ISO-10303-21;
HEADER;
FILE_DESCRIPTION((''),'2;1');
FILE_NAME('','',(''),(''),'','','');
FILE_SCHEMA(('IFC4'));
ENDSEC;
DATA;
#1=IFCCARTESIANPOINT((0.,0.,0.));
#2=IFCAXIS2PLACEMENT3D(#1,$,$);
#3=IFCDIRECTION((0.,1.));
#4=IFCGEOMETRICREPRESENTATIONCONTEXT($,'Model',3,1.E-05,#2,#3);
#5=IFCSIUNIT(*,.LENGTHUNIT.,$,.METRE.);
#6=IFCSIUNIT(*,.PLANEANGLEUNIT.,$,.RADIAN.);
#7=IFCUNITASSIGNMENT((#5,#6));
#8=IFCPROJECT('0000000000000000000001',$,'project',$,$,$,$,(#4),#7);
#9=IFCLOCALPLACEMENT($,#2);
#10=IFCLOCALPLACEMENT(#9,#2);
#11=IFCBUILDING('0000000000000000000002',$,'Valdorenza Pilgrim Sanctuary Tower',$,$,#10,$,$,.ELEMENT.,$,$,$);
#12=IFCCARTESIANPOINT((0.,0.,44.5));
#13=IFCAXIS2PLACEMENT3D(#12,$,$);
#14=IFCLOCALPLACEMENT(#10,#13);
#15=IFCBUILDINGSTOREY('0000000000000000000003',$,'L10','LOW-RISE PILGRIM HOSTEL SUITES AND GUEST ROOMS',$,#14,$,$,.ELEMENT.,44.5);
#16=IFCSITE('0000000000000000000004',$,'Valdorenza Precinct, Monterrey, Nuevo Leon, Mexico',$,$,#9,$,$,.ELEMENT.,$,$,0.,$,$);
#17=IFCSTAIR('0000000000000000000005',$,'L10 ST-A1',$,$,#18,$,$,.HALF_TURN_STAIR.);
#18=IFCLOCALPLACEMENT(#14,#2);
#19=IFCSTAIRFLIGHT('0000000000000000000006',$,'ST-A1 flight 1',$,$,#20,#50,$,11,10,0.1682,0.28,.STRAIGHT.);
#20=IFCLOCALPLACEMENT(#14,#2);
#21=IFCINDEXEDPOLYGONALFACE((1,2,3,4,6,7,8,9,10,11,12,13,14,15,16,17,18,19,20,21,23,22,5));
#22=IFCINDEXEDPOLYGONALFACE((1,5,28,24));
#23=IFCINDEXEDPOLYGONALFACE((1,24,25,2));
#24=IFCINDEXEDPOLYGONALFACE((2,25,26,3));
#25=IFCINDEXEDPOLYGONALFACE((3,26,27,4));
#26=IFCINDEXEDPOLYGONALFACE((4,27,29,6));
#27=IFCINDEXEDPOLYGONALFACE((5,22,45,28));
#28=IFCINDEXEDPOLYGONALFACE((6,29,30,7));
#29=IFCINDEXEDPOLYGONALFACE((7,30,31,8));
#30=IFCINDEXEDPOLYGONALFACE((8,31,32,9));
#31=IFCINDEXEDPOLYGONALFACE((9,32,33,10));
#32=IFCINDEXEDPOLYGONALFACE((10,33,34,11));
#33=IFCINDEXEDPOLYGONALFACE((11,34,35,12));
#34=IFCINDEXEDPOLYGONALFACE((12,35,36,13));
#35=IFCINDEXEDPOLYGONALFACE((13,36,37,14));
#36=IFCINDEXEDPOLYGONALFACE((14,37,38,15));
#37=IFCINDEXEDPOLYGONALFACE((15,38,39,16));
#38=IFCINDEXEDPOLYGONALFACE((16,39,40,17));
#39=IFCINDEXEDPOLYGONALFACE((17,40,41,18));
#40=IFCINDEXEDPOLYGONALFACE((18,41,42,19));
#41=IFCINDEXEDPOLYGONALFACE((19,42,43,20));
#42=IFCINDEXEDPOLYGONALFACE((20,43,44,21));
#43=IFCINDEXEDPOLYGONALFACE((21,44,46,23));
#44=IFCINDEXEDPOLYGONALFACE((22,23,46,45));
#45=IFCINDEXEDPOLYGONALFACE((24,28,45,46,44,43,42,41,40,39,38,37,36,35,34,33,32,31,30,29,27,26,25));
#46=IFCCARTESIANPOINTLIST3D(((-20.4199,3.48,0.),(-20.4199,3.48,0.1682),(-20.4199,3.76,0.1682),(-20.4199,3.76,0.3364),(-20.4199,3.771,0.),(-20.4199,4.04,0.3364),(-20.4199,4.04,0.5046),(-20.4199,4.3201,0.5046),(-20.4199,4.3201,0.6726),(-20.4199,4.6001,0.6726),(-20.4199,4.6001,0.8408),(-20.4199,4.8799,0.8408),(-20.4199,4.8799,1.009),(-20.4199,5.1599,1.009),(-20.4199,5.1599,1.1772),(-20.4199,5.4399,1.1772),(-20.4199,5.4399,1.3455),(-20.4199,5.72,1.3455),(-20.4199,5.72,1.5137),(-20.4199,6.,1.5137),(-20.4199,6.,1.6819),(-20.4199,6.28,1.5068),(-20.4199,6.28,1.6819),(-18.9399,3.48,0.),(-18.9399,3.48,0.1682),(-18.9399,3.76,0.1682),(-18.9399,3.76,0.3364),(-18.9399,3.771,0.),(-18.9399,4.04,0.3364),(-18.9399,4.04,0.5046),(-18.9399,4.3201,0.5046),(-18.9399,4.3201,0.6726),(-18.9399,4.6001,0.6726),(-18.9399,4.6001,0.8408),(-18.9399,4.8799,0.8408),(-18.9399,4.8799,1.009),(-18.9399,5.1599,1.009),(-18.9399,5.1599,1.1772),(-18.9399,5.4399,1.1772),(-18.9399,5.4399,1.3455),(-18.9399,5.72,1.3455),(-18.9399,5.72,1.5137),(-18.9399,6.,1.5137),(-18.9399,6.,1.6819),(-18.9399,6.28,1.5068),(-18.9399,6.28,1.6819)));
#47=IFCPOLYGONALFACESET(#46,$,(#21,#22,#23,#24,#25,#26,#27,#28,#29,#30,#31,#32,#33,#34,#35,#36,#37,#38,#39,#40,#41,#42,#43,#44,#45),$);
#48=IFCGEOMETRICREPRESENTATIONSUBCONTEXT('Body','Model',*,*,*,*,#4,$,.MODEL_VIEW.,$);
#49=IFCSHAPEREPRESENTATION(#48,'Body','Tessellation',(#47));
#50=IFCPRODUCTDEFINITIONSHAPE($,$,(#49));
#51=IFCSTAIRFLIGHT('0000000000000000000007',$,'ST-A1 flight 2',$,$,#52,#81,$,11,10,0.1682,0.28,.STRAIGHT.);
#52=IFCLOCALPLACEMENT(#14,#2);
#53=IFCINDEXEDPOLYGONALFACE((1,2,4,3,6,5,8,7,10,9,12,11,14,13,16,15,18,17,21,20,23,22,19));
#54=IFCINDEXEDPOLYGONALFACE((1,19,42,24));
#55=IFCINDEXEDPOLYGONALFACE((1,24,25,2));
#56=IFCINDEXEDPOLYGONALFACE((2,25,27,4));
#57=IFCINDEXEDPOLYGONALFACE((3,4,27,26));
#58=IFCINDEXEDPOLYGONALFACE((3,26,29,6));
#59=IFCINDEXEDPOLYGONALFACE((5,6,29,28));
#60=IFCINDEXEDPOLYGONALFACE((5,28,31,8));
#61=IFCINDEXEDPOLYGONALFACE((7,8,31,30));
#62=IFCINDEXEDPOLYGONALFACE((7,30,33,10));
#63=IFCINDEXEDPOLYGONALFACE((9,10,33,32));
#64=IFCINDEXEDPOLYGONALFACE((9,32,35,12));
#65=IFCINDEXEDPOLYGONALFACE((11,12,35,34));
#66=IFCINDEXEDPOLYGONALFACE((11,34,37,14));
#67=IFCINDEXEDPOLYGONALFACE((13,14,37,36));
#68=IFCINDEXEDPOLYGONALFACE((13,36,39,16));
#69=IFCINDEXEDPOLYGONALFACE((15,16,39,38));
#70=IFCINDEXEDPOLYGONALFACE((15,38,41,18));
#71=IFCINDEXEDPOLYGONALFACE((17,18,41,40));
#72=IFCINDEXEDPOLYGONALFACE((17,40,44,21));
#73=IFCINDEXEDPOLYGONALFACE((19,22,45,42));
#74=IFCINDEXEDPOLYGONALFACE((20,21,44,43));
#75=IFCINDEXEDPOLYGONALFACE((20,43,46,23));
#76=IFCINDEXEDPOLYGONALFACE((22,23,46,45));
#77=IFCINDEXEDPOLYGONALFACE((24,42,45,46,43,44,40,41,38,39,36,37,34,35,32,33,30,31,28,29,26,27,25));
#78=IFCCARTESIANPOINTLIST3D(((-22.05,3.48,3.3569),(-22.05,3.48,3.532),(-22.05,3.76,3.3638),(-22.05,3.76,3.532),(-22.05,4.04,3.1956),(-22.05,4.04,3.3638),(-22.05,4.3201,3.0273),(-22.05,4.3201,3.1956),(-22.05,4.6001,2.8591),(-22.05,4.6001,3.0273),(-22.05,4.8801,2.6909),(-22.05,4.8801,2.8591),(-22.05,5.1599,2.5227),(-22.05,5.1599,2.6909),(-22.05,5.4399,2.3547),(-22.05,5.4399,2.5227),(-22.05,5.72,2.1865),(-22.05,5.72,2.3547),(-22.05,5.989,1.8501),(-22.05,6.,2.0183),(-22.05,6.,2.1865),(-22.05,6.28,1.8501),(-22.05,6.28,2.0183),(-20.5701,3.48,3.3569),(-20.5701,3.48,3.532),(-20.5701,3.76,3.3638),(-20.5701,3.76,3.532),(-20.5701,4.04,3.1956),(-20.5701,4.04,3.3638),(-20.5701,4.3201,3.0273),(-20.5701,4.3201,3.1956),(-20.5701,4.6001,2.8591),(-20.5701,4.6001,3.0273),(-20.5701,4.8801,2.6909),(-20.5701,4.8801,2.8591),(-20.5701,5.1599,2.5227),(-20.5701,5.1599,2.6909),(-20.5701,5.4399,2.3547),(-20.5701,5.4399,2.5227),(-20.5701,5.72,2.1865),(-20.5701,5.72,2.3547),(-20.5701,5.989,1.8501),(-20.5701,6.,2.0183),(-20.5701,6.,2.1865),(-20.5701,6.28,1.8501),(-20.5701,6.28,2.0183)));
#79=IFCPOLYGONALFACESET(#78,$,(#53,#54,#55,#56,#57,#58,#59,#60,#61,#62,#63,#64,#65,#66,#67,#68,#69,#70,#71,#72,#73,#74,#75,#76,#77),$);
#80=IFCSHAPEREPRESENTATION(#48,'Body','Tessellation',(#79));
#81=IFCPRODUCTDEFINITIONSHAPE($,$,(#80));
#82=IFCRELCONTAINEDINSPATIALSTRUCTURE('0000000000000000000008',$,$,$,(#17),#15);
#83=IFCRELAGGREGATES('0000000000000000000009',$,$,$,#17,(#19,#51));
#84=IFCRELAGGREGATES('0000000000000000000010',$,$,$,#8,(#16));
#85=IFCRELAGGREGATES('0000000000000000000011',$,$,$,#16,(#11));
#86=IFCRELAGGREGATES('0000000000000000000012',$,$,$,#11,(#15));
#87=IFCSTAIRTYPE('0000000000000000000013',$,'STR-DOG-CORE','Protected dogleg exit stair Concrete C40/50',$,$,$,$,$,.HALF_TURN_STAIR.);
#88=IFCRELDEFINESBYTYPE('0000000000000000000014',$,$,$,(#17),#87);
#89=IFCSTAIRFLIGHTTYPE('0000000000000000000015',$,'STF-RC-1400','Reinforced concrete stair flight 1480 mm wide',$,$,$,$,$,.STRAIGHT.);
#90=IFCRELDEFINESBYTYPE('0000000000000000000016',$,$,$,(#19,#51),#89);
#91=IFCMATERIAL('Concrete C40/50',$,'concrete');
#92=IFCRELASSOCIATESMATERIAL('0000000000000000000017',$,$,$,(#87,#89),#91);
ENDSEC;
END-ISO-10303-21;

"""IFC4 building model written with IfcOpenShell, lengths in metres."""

from ifc_helpers import new_model, si_unit, direction, frame, origin, place, context, subcontext, project, spatial, polyline, outline, extrude, material, type_object, element, aggregate, save


model = new_model("IFC4")

# Units and contexts
model_context = context("Model", 3, precision=1e-05, world=origin(), true_north=direction((0.0, 1.0)))
body_context = subcontext(model_context, "Body", "Model", "MODEL_VIEW")
ifc_project = project(units=[si_unit("LENGTHUNIT", "METRE"), si_unit("PLANEANGLEUNIT", "RADIAN")], contexts=[model_context])

# Site, building, storey
site_placement = place(None, origin())
site = spatial("IfcSite", under=ifc_project, at=site_placement, Name="Valdorenza Precinct, Monterrey, Nuevo Leon, Mexico", CompositionType="ELEMENT", RefElevation=0.0)
building_placement = place(site_placement, origin())
building = spatial("IfcBuilding", under=site, at=building_placement, Name="Valdorenza Pilgrim Sanctuary Tower", CompositionType="ELEMENT")
storey_placement = place(building_placement, frame((0.0, 0.0, 44.5)))
storey = spatial("IfcBuildingStorey", under=building, at=storey_placement, Name="L10", Description="LOW-RISE PILGRIM HOSTEL SUITES AND GUEST ROOMS", CompositionType="ELEMENT", Elevation=44.5)

# Shared definitions
ifc_material_1 = material(Name="Concrete C40/50", Category="concrete")

# Stair, stair flights
stair_type = type_object("IfcStairType", Name="STR-DOG-CORE", Description="Protected dogleg exit stair Concrete C40/50", PredefinedType="HALF_TURN_STAIR", material=ifc_material_1)
stair_placement = place(storey_placement, origin())
stair = element("IfcStair", 1, at=stair_placement, inside=storey, type_object=stair_type, Name="L10 ST-A1", PredefinedType="HALF_TURN_STAIR")
stair_flight_type = type_object("IfcStairFlightType", Name="STF-RC-1400", Description="Reinforced concrete stair flight 1480 mm wide", PredefinedType="STRAIGHT", material=ifc_material_1)
stair_flight_1_placement = place(storey_placement, frame((-19.6799, 3.48, 0.0), z_axis=(0.0, 0.0, 1.0), x_axis=(0.0, 1.0, 0.0)))
stair_flight_1 = element("IfcStairFlight", 2, at=stair_flight_1_placement, type_object=stair_flight_type, Name="ST-A1 flight 1", NumberOfRisers=11, NumberOfTreads=10, PredefinedType="STRAIGHT", RiserHeight=0.1682, TreadLength=0.28, context=body_context, shape_type="SweptSolid", body=[
    extrude(outline(polyline([(0.0, 0.0), (0.0, 0.1682), (0.28, 0.1682), (0.28, 0.3364), (0.5601, 0.3364), (0.5601, 0.5046), (0.8401, 0.5046), (0.8401, 0.6726), (1.1201, 0.6726), (1.1201, 0.8408), (1.3999, 0.8408), (1.3999, 1.009), (1.6799, 1.009), (1.6799, 1.1772), (1.96, 1.1772), (1.96, 1.3455), (2.24, 1.3455), (2.24, 1.5137), (2.52, 1.5137), (2.52, 1.6819), (2.8, 1.6819), (2.8, 1.8501), (2.8, 1.5068), (0.291, 0.0), (0.0, 0.0)])), frame((0.0, 0.74, 0.0), z_axis=(0.0, -1.0, 0.0), x_axis=(1.0, 0.0, 0.0)), (0.0, 0.0, 1.0), 1.48),
])
stair_flight_2_placement = place(storey_placement, frame((-21.3101, 6.28, 1.8501), z_axis=(0.0, 0.0, 1.0), x_axis=(0.0, -1.0, 0.0)))
stair_flight_2 = element("IfcStairFlight", 3, at=stair_flight_2_placement, type_object=stair_flight_type, Name="ST-A1 flight 2", NumberOfRisers=11, NumberOfTreads=10, PredefinedType="STRAIGHT", RiserHeight=0.1682, TreadLength=0.28, context=body_context, shape_type="SweptSolid", body=[
    extrude(outline(polyline([(0.0, 0.0), (0.0, 0.1682), (0.28, 0.1682), (0.28, 0.3364), (0.5601, 0.3364), (0.5601, 0.5046), (0.8401, 0.5046), (0.8401, 0.6726), (1.1201, 0.6726), (1.1201, 0.8408), (1.3999, 0.8408), (1.3999, 1.009), (1.6799, 1.009), (1.6799, 1.1772), (1.96, 1.1772), (1.96, 1.3455), (2.24, 1.3455), (2.24, 1.5137), (2.52, 1.5137), (2.52, 1.6819), (2.8, 1.6819), (2.8, 1.8501), (2.8, 1.5068), (0.291, 0.0), (0.0, 0.0)])), frame((0.0, 0.74, 0.0), z_axis=(0.0, -1.0, 0.0), x_axis=(1.0, 0.0, 0.0)), (0.0, 0.0, 1.0), 1.48),
])
aggregate(stair, [stair_flight_1, stair_flight_2])

save(model, "model.ifc")
